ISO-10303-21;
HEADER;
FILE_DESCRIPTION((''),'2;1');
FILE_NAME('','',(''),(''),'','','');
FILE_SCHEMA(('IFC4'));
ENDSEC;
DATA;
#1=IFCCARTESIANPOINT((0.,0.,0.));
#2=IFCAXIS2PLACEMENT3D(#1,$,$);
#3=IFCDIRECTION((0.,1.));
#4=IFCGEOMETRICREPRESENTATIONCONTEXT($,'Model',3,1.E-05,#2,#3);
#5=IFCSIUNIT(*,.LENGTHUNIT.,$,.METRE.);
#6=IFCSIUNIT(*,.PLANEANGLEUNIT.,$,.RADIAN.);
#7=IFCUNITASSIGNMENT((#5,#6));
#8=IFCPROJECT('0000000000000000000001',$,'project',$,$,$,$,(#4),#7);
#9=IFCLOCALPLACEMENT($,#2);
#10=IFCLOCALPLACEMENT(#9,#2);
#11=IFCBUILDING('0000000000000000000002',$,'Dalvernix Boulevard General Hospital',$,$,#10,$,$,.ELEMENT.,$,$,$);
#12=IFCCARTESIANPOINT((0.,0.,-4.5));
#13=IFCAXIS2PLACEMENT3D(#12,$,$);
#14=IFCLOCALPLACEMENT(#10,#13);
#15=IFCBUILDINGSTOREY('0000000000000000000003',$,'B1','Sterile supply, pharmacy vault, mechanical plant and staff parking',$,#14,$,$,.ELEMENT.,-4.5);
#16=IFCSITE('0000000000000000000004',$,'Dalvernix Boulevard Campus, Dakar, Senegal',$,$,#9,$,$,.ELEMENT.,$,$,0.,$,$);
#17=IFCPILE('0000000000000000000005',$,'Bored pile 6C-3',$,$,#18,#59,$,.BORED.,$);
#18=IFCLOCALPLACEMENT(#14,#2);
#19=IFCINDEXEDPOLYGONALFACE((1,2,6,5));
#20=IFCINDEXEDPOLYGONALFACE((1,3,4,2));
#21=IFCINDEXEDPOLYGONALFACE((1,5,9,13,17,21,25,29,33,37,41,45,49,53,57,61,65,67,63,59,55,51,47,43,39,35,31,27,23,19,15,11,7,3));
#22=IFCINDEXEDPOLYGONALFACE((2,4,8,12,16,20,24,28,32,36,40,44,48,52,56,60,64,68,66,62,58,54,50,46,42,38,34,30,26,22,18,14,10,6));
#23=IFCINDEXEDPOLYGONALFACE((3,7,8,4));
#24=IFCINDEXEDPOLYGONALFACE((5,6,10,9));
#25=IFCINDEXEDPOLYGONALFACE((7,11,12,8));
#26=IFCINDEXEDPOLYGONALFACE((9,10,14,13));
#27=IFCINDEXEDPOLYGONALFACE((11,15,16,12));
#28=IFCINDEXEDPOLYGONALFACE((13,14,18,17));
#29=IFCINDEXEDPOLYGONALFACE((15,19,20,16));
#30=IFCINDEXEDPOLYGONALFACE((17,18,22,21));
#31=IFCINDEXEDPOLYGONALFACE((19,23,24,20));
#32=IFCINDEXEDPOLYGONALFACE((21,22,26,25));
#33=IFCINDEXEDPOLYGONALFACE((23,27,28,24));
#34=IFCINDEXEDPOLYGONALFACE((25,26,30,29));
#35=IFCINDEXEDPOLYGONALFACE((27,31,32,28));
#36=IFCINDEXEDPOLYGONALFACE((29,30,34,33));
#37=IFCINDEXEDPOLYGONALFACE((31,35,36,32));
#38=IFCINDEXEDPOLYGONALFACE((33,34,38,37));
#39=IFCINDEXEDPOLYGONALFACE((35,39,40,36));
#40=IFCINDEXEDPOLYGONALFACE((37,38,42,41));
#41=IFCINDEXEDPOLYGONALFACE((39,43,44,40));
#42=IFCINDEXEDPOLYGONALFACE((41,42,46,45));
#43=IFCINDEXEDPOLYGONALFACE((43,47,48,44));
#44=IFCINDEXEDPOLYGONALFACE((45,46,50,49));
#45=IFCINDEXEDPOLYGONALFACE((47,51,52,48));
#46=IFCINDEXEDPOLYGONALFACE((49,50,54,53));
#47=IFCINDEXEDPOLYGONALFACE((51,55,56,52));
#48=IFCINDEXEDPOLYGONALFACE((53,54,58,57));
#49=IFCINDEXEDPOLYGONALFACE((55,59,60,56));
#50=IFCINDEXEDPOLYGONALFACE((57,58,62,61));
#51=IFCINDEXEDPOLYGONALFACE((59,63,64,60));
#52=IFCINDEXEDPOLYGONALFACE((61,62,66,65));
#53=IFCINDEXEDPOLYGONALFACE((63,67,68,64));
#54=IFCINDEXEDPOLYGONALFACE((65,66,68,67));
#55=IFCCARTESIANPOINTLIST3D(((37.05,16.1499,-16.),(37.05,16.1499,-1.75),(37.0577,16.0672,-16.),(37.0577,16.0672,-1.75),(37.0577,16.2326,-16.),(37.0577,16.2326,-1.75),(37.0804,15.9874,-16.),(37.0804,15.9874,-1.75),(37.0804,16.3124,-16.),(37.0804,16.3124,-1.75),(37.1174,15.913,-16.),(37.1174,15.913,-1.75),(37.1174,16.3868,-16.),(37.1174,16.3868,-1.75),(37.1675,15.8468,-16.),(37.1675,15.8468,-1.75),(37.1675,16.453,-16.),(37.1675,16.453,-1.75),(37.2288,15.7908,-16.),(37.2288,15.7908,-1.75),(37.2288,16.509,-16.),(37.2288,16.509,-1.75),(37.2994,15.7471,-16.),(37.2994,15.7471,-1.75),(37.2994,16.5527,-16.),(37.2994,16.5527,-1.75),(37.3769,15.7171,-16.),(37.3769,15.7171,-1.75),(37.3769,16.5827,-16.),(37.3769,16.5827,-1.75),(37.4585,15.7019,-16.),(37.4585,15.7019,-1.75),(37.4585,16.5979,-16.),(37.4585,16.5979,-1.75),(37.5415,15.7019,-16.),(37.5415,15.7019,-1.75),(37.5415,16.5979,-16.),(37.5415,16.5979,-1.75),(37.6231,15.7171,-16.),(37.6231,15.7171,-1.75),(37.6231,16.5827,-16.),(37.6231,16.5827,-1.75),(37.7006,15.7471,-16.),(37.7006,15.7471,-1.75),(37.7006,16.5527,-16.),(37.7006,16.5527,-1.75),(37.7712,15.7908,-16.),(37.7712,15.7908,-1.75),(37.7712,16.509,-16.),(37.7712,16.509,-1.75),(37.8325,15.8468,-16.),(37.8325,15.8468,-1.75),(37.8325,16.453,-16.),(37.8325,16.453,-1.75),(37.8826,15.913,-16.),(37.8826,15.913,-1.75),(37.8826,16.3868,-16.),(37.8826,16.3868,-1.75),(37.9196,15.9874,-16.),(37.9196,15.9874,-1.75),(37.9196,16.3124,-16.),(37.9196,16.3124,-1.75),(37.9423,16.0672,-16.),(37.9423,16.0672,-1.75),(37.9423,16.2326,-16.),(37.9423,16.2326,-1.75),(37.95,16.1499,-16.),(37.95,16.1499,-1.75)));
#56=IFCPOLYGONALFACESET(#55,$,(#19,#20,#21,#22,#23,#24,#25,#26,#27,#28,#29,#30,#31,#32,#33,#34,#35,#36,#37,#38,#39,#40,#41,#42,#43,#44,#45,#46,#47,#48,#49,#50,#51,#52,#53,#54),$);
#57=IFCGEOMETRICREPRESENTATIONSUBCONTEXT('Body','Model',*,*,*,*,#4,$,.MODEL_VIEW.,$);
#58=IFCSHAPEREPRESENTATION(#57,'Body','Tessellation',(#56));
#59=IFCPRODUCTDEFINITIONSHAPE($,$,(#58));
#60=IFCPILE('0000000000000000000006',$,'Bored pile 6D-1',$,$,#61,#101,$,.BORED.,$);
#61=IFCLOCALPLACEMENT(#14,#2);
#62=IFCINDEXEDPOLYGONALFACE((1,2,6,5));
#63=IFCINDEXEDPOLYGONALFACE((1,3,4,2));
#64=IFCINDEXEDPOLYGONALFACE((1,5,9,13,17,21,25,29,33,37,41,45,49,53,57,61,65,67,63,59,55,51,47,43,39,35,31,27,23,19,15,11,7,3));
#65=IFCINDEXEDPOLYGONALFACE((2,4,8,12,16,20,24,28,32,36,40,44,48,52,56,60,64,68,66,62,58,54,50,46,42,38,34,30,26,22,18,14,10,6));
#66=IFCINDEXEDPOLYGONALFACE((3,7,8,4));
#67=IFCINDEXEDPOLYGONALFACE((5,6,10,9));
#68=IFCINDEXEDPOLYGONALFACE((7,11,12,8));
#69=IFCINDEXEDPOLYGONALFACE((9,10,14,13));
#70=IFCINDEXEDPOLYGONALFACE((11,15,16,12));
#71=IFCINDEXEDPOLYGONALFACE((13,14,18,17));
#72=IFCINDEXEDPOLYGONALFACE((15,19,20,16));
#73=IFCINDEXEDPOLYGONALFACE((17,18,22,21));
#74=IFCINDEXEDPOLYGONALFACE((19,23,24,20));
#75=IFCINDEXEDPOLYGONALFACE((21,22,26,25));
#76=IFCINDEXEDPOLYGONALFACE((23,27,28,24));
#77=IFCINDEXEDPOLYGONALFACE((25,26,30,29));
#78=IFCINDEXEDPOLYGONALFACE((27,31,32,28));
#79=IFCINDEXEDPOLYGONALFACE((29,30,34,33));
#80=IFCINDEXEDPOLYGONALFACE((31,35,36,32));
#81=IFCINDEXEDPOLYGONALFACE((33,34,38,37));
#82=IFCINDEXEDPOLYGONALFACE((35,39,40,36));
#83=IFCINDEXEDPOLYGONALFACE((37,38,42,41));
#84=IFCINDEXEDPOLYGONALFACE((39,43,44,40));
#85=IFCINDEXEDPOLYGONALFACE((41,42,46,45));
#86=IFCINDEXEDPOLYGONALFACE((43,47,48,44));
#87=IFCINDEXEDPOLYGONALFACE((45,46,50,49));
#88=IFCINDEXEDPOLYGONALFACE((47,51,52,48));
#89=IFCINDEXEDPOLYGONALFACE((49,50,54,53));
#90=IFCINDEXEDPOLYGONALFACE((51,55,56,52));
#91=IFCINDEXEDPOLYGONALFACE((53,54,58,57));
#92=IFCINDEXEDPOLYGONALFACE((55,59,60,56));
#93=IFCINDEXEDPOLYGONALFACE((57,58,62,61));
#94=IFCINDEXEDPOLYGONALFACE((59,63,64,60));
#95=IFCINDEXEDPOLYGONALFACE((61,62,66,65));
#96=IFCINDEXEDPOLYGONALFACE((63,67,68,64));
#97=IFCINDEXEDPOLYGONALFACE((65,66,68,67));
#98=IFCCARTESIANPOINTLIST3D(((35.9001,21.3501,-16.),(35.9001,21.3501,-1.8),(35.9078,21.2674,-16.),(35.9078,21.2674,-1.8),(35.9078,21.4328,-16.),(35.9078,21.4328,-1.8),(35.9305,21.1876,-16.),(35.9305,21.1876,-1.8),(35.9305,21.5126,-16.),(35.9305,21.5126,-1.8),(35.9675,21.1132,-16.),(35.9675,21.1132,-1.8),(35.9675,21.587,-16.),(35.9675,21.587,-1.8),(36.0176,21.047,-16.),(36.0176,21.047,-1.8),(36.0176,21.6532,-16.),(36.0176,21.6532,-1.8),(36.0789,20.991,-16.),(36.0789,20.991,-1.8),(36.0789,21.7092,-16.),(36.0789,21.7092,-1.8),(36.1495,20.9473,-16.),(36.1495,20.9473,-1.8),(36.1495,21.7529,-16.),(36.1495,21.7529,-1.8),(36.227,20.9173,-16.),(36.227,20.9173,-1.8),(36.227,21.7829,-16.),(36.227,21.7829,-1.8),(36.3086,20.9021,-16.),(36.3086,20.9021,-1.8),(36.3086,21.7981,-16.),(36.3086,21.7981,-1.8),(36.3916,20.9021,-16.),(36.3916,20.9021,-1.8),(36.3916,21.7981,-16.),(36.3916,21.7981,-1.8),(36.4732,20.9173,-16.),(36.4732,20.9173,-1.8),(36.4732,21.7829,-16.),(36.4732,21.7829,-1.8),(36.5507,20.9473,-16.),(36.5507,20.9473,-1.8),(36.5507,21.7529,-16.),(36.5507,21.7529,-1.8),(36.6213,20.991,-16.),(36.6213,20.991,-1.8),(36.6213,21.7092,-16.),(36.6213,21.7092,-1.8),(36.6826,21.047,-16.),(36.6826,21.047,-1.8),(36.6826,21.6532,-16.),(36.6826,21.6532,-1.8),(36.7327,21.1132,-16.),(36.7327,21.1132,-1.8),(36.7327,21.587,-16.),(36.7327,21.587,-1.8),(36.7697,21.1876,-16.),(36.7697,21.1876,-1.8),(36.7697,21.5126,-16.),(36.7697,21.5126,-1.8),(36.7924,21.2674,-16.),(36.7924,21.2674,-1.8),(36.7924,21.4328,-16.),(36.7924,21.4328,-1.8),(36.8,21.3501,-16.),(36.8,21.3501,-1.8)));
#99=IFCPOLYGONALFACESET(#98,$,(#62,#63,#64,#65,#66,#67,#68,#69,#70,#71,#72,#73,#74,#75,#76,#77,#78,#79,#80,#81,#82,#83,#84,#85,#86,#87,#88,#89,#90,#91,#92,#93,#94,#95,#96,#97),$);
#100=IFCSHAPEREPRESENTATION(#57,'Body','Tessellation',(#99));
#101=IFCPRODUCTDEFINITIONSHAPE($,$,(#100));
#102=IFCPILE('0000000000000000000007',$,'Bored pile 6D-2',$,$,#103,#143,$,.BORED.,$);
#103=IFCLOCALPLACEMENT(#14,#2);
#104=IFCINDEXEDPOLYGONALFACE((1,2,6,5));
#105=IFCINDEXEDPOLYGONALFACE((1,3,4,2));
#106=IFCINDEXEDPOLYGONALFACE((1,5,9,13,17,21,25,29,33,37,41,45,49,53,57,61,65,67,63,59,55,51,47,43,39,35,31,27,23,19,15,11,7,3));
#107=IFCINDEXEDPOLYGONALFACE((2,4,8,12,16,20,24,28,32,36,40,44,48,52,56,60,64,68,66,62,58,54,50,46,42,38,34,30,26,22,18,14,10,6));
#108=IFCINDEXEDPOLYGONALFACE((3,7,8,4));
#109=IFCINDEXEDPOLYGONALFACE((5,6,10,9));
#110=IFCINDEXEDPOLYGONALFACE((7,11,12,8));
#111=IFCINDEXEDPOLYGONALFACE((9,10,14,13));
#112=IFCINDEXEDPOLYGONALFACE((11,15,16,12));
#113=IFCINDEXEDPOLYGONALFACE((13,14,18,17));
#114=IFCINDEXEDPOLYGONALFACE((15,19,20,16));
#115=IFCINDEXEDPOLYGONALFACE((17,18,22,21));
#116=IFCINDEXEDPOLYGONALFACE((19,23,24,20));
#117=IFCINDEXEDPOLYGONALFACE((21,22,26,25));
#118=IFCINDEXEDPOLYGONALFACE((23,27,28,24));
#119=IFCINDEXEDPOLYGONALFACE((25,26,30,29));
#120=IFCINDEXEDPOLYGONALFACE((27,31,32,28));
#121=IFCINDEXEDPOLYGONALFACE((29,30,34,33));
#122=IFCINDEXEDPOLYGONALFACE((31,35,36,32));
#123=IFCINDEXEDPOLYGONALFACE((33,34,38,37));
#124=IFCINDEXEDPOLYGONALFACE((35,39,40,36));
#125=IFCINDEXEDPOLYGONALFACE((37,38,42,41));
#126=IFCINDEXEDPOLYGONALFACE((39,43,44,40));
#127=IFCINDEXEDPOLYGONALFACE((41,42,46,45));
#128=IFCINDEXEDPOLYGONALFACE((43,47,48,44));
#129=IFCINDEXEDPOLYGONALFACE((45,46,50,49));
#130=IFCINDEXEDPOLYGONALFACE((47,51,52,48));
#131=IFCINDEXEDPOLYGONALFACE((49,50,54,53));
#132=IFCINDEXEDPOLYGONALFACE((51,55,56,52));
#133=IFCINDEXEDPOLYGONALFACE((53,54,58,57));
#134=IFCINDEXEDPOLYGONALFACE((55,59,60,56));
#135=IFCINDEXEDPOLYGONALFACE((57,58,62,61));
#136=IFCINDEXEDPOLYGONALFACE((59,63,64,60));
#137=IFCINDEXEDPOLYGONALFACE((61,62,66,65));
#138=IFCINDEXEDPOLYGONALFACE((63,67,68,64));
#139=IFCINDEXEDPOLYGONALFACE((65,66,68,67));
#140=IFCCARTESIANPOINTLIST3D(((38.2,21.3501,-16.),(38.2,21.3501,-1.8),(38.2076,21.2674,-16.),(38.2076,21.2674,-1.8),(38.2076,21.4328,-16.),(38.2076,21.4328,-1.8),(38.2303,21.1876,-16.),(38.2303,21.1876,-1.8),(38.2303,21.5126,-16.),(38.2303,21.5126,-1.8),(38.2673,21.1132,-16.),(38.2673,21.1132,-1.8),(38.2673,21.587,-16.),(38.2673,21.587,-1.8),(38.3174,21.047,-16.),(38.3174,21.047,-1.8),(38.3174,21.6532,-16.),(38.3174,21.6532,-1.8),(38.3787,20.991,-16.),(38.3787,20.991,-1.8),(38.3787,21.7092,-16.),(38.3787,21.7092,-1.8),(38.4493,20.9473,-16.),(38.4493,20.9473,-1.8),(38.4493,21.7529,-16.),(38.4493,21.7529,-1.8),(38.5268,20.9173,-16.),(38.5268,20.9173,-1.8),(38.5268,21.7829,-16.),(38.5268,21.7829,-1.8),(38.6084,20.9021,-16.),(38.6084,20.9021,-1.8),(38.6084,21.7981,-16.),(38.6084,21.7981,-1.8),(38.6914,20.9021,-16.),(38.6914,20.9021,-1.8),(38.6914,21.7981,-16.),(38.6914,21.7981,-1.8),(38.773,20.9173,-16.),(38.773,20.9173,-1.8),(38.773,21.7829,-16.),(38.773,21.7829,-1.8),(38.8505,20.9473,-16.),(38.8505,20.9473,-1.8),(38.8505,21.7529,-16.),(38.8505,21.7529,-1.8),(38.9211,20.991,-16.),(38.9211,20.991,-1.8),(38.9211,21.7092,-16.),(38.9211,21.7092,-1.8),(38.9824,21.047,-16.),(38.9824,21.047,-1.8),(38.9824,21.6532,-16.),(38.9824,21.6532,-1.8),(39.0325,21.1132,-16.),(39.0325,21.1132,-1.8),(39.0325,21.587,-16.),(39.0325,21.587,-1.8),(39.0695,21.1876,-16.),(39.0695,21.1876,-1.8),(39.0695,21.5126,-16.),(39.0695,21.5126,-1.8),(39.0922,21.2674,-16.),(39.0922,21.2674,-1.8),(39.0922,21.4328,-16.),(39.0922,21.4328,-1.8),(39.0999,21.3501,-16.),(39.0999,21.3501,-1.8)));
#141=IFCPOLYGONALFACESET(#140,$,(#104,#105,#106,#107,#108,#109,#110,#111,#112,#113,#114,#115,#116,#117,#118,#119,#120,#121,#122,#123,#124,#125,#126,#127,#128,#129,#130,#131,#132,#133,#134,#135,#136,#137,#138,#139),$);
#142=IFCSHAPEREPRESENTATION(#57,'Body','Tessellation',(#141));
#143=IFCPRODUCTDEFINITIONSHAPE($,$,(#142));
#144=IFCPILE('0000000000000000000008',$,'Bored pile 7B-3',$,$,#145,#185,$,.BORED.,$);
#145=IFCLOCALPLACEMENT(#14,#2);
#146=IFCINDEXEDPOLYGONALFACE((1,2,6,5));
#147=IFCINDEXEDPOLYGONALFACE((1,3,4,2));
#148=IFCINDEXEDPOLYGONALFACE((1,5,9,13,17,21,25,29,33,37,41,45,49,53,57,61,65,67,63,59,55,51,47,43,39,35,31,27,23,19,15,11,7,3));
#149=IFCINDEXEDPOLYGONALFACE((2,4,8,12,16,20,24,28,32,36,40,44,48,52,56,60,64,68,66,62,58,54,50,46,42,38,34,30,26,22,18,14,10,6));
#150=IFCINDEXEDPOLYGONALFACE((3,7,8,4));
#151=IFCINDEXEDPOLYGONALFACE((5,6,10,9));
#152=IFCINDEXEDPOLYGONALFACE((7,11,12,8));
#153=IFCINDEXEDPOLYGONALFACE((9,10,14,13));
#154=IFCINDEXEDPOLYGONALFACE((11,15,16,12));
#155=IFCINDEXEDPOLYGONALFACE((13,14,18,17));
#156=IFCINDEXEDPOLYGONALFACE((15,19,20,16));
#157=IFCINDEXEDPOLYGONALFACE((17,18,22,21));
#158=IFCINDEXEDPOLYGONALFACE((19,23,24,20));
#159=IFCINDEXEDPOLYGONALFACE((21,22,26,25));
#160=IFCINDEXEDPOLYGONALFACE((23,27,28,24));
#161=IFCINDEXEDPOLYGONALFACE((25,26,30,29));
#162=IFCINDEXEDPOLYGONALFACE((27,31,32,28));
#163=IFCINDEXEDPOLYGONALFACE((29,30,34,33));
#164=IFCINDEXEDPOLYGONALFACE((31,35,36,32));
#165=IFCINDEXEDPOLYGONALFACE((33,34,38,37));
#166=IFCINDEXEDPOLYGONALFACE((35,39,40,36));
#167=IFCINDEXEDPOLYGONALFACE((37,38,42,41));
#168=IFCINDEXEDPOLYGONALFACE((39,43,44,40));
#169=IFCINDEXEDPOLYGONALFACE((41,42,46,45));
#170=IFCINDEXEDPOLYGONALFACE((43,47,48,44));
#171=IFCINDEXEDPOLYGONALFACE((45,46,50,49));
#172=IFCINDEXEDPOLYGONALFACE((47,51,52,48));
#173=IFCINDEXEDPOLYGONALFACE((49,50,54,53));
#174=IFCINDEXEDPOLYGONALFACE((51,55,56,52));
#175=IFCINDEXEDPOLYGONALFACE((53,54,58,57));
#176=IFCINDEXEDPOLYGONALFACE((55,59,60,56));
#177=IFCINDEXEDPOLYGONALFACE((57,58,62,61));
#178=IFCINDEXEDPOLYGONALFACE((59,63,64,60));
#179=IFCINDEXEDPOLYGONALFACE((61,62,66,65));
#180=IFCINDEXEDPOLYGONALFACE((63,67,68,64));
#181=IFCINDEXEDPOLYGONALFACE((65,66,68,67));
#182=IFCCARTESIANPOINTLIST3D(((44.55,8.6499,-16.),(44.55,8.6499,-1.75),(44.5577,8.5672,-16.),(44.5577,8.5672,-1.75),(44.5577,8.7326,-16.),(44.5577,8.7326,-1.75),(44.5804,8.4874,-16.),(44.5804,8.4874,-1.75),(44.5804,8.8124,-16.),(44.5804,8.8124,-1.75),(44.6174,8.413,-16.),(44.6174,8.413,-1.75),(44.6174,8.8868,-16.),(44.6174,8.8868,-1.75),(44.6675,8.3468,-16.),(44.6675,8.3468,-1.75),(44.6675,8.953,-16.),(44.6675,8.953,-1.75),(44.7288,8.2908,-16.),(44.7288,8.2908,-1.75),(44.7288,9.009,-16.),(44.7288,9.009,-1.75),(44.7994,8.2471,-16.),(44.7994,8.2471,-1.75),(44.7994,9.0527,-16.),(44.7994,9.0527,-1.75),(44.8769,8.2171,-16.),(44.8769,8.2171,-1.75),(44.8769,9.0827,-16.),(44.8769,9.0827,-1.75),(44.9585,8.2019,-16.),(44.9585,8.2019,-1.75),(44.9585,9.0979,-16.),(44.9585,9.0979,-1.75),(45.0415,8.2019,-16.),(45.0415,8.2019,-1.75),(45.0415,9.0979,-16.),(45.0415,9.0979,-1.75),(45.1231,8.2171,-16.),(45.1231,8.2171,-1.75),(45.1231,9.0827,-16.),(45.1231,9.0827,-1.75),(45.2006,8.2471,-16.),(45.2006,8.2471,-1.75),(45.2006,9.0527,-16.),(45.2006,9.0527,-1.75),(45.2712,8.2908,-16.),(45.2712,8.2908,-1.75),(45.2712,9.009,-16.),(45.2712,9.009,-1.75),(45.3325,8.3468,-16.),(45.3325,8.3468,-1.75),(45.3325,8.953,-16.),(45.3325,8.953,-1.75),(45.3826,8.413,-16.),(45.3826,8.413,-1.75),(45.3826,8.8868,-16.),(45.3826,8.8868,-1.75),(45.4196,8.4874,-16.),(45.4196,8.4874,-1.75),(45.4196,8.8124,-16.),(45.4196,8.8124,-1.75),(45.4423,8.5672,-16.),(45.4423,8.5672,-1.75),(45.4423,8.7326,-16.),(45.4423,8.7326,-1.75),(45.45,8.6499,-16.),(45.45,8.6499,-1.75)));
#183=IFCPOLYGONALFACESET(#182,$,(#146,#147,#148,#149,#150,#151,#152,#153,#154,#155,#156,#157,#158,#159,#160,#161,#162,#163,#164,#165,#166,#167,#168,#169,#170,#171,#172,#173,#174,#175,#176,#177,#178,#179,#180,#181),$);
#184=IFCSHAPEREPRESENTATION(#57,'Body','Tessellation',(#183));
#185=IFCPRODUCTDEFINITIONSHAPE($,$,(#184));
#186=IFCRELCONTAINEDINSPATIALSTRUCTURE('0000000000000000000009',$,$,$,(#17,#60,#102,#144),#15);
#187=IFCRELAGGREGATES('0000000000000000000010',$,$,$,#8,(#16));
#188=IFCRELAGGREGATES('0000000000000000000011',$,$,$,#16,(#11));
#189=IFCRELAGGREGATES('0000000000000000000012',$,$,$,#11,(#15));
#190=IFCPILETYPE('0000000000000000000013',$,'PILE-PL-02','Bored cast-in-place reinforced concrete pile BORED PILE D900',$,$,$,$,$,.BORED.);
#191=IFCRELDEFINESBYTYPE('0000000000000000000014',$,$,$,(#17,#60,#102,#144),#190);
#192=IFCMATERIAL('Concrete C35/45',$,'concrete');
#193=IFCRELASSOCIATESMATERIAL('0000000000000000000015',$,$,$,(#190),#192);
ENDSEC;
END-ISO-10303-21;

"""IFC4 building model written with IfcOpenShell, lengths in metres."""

from ifc_helpers import new_model, si_unit, direction, frame, origin, origin_2d, place, context, subcontext, project, spatial, circle, extrude, material, material_profile, profile_set, type_object, element, save


model = new_model("IFC4")

# Units and contexts
model_context = context("Model", 3, precision=1e-05, world=origin(), true_north=direction((0.0, 1.0)))
body_context = subcontext(model_context, "Body", "Model", "MODEL_VIEW")
ifc_project = project(units=[si_unit("LENGTHUNIT", "METRE"), si_unit("PLANEANGLEUNIT", "RADIAN")], contexts=[model_context])

# Site, building, storey
site_placement = place(None, origin())
site = spatial("IfcSite", under=ifc_project, at=site_placement, Name="Dalvernix Boulevard Campus, Dakar, Senegal", CompositionType="ELEMENT", RefElevation=0.0)
building_placement = place(site_placement, origin())
building = spatial("IfcBuilding", under=site, at=building_placement, Name="Dalvernix Boulevard General Hospital", CompositionType="ELEMENT")
storey_placement = place(building_placement, frame((0.0, 0.0, -4.5)))
storey = spatial("IfcBuildingStorey", under=building, at=storey_placement, Name="B1", Description="Sterile supply, pharmacy vault, mechanical plant and staff parking", CompositionType="ELEMENT", Elevation=-4.5)

# Shared definitions
ifc_material_1 = material(Name="Concrete C35/45", Category="concrete")

# Piles
ifc_material_profile_1 = material_profile(ifc_material_1, circle(Radius=0.45, at=origin_2d()), Name="BORED PILE D900")
ifc_profile_set_1 = profile_set([ifc_material_profile_1], Name="Concrete C35/45")
pile_type_1 = type_object("IfcPileType", Name="PILE-PL-02", Description="Bored cast-in-place reinforced concrete pile BORED PILE D900", PredefinedType="BORED", material=ifc_profile_set_1)
for number, where, z_axis, x_axis, name in (
    (1, (37.5, 16.1499, -1.75), (0.0, 0.0, -1.0), (1.0, 0.0, 0.0), "Bored pile 6C-3"),
):
    element("IfcPile", number, at=place(storey_placement, frame(where, z_axis=z_axis, x_axis=x_axis)), inside=storey, type_object=pile_type_1, Name=name, PredefinedType="BORED", context=body_context, shape_type="SweptSolid", body=[
        extrude(circle(Radius=0.45, at=origin_2d()), origin(), (0.0, 0.0, 1.0), 14.25),
    ])
for number, where, z_axis, x_axis, name in (
    (2, (36.3501, 21.3501, -1.8), (0.0, 0.0, -1.0), (1.0, 0.0, 0.0), "Bored pile 6D-1"),
    (3, (38.6499, 21.3501, -1.8), (0.0, 0.0, -1.0), (1.0, 0.0, 0.0), "Bored pile 6D-2"),
):
    element("IfcPile", number, at=place(storey_placement, frame(where, z_axis=z_axis, x_axis=x_axis)), inside=storey, type_object=pile_type_1, Name=name, PredefinedType="BORED", context=body_context, shape_type="SweptSolid", body=[
        extrude(circle(Radius=0.45, at=origin_2d()), origin(), (0.0, 0.0, 1.0), 14.2),
    ])
pile_1_placement = place(storey_placement, frame((45.0, 8.6499, -1.75), z_axis=(0.0, 0.0, -1.0), x_axis=(1.0, 0.0, 0.0)))
element("IfcPile", 4, at=pile_1_placement, inside=storey, type_object=pile_type_1, Name="Bored pile 7B-3", PredefinedType="BORED", context=body_context, shape_type="SweptSolid", body=[
    extrude(circle(Radius=0.45, at=origin_2d()), origin(), (0.0, 0.0, 1.0), 14.25),
])

save(model, "model.ifc")
